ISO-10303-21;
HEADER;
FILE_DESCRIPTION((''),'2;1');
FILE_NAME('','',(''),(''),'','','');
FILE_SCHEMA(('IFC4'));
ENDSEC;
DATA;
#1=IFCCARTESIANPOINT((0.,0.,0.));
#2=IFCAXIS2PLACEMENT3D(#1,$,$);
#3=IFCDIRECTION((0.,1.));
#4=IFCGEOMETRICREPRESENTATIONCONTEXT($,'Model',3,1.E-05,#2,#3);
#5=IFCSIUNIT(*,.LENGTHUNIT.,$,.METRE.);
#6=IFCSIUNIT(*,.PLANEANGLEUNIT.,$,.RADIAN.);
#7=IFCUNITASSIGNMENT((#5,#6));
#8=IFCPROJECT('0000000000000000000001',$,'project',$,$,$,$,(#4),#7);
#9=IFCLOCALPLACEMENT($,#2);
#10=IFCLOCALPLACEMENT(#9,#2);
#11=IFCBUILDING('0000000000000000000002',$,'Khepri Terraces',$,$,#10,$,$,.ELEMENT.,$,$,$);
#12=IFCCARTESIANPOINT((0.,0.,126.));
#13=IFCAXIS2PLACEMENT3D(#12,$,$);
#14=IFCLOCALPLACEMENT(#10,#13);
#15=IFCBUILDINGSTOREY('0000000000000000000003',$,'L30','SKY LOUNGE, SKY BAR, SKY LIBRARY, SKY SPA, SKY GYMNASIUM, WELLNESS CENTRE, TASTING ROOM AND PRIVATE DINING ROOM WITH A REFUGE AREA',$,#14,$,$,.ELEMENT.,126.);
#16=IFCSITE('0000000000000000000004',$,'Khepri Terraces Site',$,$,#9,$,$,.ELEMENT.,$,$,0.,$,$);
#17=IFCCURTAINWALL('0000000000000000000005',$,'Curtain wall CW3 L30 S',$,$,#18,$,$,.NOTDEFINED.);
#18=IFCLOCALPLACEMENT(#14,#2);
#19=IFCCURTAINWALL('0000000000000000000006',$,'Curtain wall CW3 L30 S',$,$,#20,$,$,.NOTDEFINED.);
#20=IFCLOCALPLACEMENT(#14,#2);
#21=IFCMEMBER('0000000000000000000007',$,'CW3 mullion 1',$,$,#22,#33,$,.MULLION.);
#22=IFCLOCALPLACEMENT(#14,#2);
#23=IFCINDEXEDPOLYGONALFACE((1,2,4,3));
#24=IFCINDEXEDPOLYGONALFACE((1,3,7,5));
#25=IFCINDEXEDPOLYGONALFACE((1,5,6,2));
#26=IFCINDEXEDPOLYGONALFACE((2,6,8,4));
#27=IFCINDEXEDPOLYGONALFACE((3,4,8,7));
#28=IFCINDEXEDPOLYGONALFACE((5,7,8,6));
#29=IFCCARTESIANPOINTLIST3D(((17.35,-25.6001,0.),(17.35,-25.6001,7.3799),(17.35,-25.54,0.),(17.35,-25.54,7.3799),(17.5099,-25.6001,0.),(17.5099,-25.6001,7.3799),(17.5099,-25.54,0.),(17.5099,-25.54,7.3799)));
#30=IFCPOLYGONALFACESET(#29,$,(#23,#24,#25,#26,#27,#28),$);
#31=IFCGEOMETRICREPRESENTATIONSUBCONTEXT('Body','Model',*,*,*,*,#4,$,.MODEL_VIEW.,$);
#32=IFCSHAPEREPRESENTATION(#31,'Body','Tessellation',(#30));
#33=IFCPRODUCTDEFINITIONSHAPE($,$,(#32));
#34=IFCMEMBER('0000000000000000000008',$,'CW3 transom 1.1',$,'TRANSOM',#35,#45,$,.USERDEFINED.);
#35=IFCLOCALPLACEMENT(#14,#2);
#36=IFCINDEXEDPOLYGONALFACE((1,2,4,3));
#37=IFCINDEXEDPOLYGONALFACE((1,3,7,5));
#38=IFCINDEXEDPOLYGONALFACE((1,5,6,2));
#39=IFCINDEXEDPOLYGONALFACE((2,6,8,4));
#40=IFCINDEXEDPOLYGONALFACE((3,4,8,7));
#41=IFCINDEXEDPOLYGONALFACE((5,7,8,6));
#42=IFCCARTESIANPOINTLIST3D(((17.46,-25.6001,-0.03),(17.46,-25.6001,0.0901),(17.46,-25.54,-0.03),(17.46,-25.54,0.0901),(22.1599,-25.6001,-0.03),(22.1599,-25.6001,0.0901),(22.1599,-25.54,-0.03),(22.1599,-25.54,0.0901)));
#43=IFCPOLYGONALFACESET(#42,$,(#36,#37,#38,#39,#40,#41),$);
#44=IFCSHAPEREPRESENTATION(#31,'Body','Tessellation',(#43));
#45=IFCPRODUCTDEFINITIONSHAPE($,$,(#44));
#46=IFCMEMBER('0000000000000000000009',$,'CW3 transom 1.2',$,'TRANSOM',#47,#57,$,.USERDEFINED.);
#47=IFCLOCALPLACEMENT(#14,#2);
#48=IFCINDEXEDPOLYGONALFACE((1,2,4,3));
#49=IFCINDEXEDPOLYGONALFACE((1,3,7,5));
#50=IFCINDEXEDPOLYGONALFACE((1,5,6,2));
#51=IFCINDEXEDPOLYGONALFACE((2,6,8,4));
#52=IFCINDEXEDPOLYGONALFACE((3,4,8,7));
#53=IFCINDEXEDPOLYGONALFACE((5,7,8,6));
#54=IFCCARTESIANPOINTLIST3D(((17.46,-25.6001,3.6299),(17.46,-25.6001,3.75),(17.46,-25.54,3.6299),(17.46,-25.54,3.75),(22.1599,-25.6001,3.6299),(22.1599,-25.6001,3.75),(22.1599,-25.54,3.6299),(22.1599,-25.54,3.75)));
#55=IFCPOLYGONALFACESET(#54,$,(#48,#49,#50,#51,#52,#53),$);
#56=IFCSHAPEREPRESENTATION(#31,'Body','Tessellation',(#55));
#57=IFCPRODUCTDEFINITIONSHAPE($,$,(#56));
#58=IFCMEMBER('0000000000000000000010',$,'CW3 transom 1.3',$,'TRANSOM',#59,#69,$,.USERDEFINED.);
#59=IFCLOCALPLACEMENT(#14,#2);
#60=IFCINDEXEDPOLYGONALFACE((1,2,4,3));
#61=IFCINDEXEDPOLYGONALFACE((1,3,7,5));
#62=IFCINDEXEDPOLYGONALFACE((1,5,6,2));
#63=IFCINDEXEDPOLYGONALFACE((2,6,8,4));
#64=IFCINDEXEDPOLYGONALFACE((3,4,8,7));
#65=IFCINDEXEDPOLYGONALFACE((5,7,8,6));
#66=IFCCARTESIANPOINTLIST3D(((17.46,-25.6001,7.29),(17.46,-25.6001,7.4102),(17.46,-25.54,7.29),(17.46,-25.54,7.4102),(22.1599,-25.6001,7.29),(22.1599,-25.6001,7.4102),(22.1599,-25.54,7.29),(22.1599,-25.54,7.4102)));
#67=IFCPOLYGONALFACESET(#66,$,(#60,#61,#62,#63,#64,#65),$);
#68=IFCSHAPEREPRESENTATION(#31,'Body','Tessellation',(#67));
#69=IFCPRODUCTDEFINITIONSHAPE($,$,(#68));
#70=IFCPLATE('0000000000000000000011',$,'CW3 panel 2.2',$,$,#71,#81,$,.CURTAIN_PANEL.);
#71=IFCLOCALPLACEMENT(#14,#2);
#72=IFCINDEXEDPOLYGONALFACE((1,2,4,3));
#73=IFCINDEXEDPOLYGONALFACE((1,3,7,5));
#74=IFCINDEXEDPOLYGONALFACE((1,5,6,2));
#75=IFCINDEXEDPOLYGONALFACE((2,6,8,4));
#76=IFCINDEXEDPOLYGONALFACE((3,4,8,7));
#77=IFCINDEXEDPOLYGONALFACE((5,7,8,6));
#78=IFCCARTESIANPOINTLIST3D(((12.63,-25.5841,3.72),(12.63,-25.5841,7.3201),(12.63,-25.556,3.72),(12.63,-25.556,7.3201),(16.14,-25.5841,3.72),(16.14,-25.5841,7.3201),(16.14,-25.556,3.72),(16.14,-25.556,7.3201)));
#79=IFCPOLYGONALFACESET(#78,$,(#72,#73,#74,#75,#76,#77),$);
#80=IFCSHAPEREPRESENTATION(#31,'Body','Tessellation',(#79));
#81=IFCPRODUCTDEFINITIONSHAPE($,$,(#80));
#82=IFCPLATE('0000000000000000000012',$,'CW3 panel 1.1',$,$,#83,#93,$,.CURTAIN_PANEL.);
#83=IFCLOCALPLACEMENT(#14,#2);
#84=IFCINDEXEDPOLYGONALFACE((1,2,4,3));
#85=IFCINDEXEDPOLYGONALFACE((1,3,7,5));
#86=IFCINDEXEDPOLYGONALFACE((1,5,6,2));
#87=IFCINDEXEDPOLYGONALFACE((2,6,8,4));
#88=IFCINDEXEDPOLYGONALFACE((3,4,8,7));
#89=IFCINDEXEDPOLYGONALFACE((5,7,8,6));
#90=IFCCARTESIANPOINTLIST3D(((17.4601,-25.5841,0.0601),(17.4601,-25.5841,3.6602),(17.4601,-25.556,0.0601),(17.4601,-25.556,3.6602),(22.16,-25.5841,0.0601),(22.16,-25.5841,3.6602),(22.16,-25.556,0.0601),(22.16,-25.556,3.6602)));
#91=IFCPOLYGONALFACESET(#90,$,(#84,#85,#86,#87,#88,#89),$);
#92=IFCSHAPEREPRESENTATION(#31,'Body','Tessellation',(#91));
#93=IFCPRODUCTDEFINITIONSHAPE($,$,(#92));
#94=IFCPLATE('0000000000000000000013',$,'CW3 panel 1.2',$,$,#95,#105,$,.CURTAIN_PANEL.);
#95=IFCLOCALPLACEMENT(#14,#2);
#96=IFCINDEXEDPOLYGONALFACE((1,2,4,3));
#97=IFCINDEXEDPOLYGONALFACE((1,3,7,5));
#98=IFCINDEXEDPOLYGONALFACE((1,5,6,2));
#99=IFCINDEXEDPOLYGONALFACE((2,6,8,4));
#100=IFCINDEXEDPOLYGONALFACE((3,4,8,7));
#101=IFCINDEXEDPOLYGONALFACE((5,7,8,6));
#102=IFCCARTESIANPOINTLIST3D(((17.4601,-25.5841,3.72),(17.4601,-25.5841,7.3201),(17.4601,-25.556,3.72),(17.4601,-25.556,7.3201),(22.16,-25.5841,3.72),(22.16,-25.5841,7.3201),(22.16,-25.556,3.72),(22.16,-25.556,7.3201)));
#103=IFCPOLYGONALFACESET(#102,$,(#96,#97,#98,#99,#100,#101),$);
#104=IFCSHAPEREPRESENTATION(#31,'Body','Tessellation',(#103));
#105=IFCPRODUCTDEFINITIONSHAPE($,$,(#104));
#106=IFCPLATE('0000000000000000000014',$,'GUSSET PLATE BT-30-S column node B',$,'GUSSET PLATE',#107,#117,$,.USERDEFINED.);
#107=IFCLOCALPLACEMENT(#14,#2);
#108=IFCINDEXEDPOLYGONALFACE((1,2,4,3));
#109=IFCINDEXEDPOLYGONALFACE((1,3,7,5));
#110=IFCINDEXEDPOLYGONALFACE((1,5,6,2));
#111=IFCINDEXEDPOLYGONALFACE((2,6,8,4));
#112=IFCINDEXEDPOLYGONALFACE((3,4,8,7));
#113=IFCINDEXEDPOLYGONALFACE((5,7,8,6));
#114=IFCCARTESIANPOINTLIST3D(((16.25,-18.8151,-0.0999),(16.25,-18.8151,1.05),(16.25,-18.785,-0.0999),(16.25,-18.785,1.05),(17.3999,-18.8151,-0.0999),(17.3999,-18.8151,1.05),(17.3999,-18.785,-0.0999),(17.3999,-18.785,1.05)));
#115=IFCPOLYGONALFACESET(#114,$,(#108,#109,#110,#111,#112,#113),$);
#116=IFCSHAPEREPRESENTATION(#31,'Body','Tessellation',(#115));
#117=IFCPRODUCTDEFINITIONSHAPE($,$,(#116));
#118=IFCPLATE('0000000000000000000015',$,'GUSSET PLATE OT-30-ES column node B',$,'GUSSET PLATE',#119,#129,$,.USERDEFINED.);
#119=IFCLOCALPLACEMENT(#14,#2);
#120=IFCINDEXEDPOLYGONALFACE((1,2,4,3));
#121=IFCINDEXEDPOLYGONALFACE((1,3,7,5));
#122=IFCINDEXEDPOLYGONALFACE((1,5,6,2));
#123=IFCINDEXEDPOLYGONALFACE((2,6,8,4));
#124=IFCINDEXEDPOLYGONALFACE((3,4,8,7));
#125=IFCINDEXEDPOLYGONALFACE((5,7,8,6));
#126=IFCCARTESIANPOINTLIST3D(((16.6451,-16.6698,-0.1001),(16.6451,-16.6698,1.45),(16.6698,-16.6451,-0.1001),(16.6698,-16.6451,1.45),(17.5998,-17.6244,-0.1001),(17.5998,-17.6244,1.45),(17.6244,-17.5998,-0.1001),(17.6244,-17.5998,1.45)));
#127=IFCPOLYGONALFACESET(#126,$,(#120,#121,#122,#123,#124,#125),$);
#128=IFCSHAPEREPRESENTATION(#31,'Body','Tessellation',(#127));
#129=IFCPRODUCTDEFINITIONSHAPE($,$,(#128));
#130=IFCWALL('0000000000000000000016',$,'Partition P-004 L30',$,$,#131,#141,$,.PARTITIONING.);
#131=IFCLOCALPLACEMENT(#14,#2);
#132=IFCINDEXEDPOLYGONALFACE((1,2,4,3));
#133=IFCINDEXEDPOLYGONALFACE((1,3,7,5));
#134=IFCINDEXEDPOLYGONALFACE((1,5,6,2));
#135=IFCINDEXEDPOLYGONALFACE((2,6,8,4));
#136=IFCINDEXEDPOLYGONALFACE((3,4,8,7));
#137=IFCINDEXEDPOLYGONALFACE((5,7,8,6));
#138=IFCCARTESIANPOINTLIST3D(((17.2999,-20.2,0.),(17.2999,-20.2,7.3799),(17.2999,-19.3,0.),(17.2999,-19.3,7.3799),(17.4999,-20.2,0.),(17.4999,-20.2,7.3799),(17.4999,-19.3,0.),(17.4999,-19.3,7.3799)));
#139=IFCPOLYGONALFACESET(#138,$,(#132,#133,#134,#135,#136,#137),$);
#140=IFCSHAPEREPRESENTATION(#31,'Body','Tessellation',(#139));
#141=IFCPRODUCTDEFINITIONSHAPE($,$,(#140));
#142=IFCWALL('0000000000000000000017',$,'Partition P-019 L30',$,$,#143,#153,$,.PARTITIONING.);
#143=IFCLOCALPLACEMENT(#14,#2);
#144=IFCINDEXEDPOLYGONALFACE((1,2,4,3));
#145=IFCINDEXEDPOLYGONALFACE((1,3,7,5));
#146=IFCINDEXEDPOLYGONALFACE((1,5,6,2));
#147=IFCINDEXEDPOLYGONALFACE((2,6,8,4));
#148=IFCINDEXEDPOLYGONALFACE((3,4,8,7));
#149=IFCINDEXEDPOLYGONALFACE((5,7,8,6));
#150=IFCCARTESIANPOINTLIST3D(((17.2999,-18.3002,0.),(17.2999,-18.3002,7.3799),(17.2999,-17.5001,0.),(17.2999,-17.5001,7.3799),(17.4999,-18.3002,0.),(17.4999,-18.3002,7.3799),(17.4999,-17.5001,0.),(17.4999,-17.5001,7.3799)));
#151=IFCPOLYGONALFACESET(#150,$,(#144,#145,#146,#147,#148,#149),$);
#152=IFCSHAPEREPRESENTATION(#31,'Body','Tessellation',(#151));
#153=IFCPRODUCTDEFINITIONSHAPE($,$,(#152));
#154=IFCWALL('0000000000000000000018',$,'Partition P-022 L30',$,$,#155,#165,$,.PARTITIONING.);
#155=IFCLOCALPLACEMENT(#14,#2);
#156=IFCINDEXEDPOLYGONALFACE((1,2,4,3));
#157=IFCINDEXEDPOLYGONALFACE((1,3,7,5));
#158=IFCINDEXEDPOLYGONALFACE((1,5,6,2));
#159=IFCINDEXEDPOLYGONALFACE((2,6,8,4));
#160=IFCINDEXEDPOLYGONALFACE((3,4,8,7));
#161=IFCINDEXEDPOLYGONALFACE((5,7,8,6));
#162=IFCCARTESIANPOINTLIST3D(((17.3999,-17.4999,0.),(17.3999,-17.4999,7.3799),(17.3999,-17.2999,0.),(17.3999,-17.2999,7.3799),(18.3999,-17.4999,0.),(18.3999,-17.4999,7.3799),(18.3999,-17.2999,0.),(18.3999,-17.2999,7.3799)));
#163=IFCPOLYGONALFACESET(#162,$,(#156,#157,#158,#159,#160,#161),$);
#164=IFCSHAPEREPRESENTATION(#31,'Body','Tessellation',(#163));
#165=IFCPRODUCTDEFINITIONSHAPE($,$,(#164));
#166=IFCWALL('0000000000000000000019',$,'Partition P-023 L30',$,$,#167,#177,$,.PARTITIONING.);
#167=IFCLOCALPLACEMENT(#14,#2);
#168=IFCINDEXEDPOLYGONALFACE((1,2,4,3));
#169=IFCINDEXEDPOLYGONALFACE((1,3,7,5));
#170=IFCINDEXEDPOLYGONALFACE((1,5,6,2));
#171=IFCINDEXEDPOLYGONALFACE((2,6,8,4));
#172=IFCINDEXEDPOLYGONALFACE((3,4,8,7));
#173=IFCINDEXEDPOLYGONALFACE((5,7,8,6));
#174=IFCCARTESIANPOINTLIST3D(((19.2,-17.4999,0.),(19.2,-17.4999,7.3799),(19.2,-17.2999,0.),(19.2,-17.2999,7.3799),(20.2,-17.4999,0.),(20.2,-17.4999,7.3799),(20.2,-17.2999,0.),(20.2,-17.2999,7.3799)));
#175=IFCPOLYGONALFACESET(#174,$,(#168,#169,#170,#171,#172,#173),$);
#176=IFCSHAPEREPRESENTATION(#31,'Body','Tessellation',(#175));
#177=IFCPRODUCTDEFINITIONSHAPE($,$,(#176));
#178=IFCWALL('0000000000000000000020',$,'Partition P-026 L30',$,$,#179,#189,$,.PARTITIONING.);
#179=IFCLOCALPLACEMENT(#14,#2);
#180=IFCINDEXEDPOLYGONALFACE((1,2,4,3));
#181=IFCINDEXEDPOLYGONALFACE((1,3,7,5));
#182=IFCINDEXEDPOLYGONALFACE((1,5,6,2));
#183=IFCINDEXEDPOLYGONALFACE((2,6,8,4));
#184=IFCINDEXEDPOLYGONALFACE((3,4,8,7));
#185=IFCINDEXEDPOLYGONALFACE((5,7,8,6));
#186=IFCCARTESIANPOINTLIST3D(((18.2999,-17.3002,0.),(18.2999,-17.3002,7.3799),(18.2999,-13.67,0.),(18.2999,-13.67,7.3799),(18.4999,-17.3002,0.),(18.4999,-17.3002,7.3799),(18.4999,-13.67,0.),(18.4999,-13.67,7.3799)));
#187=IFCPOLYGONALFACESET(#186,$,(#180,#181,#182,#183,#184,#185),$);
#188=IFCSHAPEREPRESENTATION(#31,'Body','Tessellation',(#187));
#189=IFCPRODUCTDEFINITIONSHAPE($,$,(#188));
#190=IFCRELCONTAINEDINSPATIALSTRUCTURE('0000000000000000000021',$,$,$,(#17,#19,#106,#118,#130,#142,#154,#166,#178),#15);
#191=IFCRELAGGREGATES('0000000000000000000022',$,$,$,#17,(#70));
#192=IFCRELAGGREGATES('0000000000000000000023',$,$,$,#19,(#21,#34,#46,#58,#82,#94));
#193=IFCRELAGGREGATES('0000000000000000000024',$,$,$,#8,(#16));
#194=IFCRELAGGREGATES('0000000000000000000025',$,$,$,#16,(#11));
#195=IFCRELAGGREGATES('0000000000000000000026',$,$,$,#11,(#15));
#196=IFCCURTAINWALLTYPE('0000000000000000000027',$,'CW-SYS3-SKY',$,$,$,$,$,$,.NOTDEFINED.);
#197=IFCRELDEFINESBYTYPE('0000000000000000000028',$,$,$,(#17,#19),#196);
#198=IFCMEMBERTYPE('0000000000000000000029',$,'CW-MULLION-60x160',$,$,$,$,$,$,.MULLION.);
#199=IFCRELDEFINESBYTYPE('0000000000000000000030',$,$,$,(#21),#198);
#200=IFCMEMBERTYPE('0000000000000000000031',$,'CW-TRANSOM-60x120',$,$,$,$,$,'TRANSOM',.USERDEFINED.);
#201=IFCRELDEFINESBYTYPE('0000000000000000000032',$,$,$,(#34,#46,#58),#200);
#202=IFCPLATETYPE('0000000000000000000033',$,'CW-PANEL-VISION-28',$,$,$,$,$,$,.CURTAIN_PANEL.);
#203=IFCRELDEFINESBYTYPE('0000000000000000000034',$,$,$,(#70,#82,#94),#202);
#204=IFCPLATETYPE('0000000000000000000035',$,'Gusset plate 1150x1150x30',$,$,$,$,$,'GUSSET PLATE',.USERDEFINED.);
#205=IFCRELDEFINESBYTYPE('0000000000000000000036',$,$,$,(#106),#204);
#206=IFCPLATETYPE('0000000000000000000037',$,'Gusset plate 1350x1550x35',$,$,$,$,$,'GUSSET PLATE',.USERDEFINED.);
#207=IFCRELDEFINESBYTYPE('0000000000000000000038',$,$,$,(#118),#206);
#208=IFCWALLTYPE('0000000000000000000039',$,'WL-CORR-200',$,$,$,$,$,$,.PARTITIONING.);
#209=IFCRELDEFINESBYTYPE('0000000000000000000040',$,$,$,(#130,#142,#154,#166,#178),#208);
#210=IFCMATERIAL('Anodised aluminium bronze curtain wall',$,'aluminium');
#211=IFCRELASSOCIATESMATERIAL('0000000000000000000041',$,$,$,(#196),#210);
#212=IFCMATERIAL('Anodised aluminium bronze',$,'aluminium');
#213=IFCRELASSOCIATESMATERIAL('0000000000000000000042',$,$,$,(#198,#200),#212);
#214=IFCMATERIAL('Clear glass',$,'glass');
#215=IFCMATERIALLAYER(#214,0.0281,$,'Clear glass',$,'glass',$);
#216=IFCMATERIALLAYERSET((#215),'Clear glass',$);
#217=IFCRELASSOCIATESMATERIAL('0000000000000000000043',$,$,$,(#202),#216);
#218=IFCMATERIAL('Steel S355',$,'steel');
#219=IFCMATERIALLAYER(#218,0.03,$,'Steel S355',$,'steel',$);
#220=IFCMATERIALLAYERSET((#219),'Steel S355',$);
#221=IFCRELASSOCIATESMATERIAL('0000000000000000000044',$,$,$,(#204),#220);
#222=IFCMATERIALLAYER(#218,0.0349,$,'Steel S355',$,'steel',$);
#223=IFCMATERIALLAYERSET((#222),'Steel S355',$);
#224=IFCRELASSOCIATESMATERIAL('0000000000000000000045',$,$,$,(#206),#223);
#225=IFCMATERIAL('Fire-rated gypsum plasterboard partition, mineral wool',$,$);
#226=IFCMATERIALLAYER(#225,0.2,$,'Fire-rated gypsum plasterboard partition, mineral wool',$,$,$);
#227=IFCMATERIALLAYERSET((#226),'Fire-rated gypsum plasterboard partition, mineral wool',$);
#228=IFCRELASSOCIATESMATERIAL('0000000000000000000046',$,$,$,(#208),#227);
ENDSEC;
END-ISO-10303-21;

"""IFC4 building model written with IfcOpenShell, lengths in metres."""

from ifc_helpers import new_model, si_unit, direction, frame, frame_2d, origin, origin_2d, place, context, subcontext, project, spatial, rectangle, extrude, material, layer, layer_set, material_profile, profile_set, type_object, element, aggregate, save


model = new_model("IFC4")

# Units and contexts
model_context = context("Model", 3, precision=1e-05, world=origin(), true_north=direction((0.0, 1.0)))
body_context = subcontext(model_context, "Body", "Model", "MODEL_VIEW")
ifc_project = project(units=[si_unit("LENGTHUNIT", "METRE"), si_unit("PLANEANGLEUNIT", "RADIAN")], contexts=[model_context])

# Site, building, storey
site_placement = place(None, origin())
site = spatial("IfcSite", under=ifc_project, at=site_placement, Name="Khepri Terraces Site", CompositionType="ELEMENT", RefElevation=0.0)
building_placement = place(site_placement, origin())
building = spatial("IfcBuilding", under=site, at=building_placement, Name="Khepri Terraces", CompositionType="ELEMENT")
storey_placement = place(building_placement, frame((0.0, 0.0, 126.0)))
storey = spatial("IfcBuildingStorey", under=building, at=storey_placement, Name="L30", Description="SKY LOUNGE, SKY BAR, SKY LIBRARY, SKY SPA, SKY GYMNASIUM, WELLNESS CENTRE, TASTING ROOM AND PRIVATE DINING ROOM WITH A REFUGE AREA", CompositionType="ELEMENT", Elevation=126.0)

# Shared definitions
ifc_material_1 = material(Name="Steel S355", Category="steel")

# Curtain wall
ifc_material_2 = material(Name="Anodised aluminium bronze curtain wall", Category="aluminium")
curtain_wall_type = type_object("IfcCurtainWallType", Name="CW-SYS3-SKY", PredefinedType="NOTDEFINED", material=ifc_material_2)
curtain_wall_1_placement = place(storey_placement, origin())
curtain_wall_1 = element("IfcCurtainWall", 1, at=curtain_wall_1_placement, inside=storey, type_object=curtain_wall_type, Name="Curtain wall CW3 L30 S", PredefinedType="NOTDEFINED")
ifc_material_3 = material(Name="Anodised aluminium bronze", Category="aluminium")
ifc_material_profile_1 = material_profile(ifc_material_3, rectangle(XDim=0.0601, YDim=0.1599, at=origin_2d()), Name="Anodised aluminium bronze", Category="aluminium")
ifc_profile_set_1 = profile_set([ifc_material_profile_1], Name="Anodised aluminium bronze")
member_type_1 = type_object("IfcMemberType", Name="CW-MULLION-60x160", PredefinedType="MULLION", material=ifc_profile_set_1)

# Curtain wall, members
curtain_wall_2_placement = place(storey_placement, origin())
curtain_wall_2 = element("IfcCurtainWall", 2, at=curtain_wall_2_placement, inside=storey, type_object=curtain_wall_type, Name="Curtain wall CW3 L30 S", PredefinedType="NOTDEFINED")
member_1_placement = place(storey_placement, frame((17.4299, -25.5701, 0.0), z_axis=(0.0, 0.0, 1.0), x_axis=(0.0, 1.0, 0.0)))
member_1 = element("IfcMember", 3, at=member_1_placement, type_object=member_type_1, Name="CW3 mullion 1", PredefinedType="MULLION", context=body_context, shape_type="SweptSolid", body=[
    extrude(rectangle(XDim=0.0601, YDim=0.1599, at=origin_2d()), origin(), (0.0, 0.0, 1.0), 7.3799),
])
ifc_material_profile_2 = material_profile(ifc_material_3, rectangle(XDim=0.0601, YDim=0.1201, at=origin_2d()), Name="Anodised aluminium bronze", Category="aluminium")
ifc_profile_set_2 = profile_set([ifc_material_profile_2], Name="Anodised aluminium bronze")
member_type_2 = type_object("IfcMemberType", Name="CW-TRANSOM-60x120", ElementType="TRANSOM", PredefinedType="USERDEFINED", material=ifc_profile_set_2)
member_2_placement = place(storey_placement, frame((17.46, -25.5701, 0.03), z_axis=(1.0, 0.0, 0.0), x_axis=(0.0, 1.0, 0.0)))
member_2 = element("IfcMember", 4, at=member_2_placement, type_object=member_type_2, Name="CW3 transom 1.1", ObjectType="TRANSOM", PredefinedType="USERDEFINED", context=body_context, shape_type="SweptSolid", body=[
    extrude(rectangle(XDim=0.0601, YDim=0.1201, at=origin_2d()), origin(), (0.0, 0.0, 1.0), 4.7),
])
member_3_placement = place(storey_placement, frame((17.46, -25.5701, 3.6899), z_axis=(1.0, 0.0, 0.0), x_axis=(0.0, 1.0, 0.0)))
member_3 = element("IfcMember", 5, at=member_3_placement, type_object=member_type_2, Name="CW3 transom 1.2", ObjectType="TRANSOM", PredefinedType="USERDEFINED", context=body_context, shape_type="SweptSolid", body=[
    extrude(rectangle(XDim=0.0601, YDim=0.1201, at=origin_2d()), origin(), (0.0, 0.0, 1.0), 4.7),
])
member_4_placement = place(storey_placement, frame((17.46, -25.5701, 7.3501), z_axis=(1.0, 0.0, 0.0), x_axis=(0.0, 1.0, 0.0)))
member_4 = element("IfcMember", 6, at=member_4_placement, type_object=member_type_2, Name="CW3 transom 1.3", ObjectType="TRANSOM", PredefinedType="USERDEFINED", context=body_context, shape_type="SweptSolid", body=[
    extrude(rectangle(XDim=0.0601, YDim=0.1201, at=origin_2d()), origin(), (0.0, 0.0, 1.0), 4.7),
])

# Plates
ifc_material_4 = material(Name="Clear glass", Category="glass")
ifc_layer_1 = layer(ifc_material_4, 0.0281, Name="Clear glass", Category="glass")
ifc_layer_set_1 = layer_set([ifc_layer_1], Name="Clear glass")
plate_type_1 = type_object("IfcPlateType", Name="CW-PANEL-VISION-28", PredefinedType="CURTAIN_PANEL", material=ifc_layer_set_1)
plate_1_placement = place(storey_placement, frame((14.385, -25.5701, 3.72), z_axis=(0.0, 0.0, 1.0), x_axis=(1.0, 0.0, 0.0)))
plate_1 = element("IfcPlate", 7, at=plate_1_placement, type_object=plate_type_1, Name="CW3 panel 2.2", PredefinedType="CURTAIN_PANEL", context=body_context, shape_type="SweptSolid", body=[
    extrude(rectangle(XDim=3.51, YDim=0.0281, at=origin_2d()), origin(), (0.0, 0.0, 1.0), 3.6001),
])
aggregate(curtain_wall_1, [plate_1])
plate_2_placement = place(storey_placement, frame((19.8101, -25.5701, 0.0601), z_axis=(0.0, 0.0, 1.0), x_axis=(1.0, 0.0, 0.0)))
plate_2 = element("IfcPlate", 8, at=plate_2_placement, type_object=plate_type_1, Name="CW3 panel 1.1", PredefinedType="CURTAIN_PANEL", context=body_context, shape_type="SweptSolid", body=[
    extrude(rectangle(XDim=4.7, YDim=0.0281, at=origin_2d()), origin(), (0.0, 0.0, 1.0), 3.6001),
])
plate_3_placement = place(storey_placement, frame((19.8101, -25.5701, 3.72), z_axis=(0.0, 0.0, 1.0), x_axis=(1.0, 0.0, 0.0)))
plate_3 = element("IfcPlate", 9, at=plate_3_placement, type_object=plate_type_1, Name="CW3 panel 1.2", PredefinedType="CURTAIN_PANEL", context=body_context, shape_type="SweptSolid", body=[
    extrude(rectangle(XDim=4.7, YDim=0.0281, at=origin_2d()), origin(), (0.0, 0.0, 1.0), 3.6001),
])
aggregate(curtain_wall_2, [member_1, member_2, member_3, member_4, plate_2, plate_3])

# Plates
ifc_layer_2 = layer(ifc_material_1, 0.03, Name="Steel S355", Category="steel")
ifc_layer_set_2 = layer_set([ifc_layer_2], Name="Steel S355")
plate_type_2 = type_object("IfcPlateType", Name="Gusset plate 1150x1150x30", ElementType="GUSSET PLATE", PredefinedType="USERDEFINED", material=ifc_layer_set_2)
plate_4_placement = place(storey_placement, frame((16.825, -18.8, -0.0999), z_axis=(0.0, 0.0, 1.0), x_axis=(1.0, 0.0, 0.0)))
element("IfcPlate", 10, at=plate_4_placement, inside=storey, type_object=plate_type_2, Name="GUSSET PLATE BT-30-S column node B", ObjectType="GUSSET PLATE", PredefinedType="USERDEFINED", context=body_context, shape_type="SweptSolid", body=[
    extrude(rectangle(XDim=1.1499, YDim=0.03, at=origin_2d()), origin(), (0.0, 0.0, 1.0), 1.1499),
])
ifc_layer_3 = layer(ifc_material_1, 0.0349, Name="Steel S355", Category="steel")
ifc_layer_set_3 = layer_set([ifc_layer_3], Name="Steel S355")
plate_type_3 = type_object("IfcPlateType", Name="Gusset plate 1350x1550x35", ElementType="GUSSET PLATE", PredefinedType="USERDEFINED", material=ifc_layer_set_3)
plate_5_placement = place(storey_placement, frame((17.1348, -17.1348, -0.1001), z_axis=(0.0, 0.0, 1.0), x_axis=(0.707107, -0.707107, 0.0)))
element("IfcPlate", 11, at=plate_5_placement, inside=storey, type_object=plate_type_3, Name="GUSSET PLATE OT-30-ES column node B", ObjectType="GUSSET PLATE", PredefinedType="USERDEFINED", context=body_context, shape_type="SweptSolid", body=[
    extrude(rectangle(XDim=1.3501, YDim=0.0349, at=origin_2d()), origin(), (0.0, 0.0, 1.0), 1.55),
])

# Walls
ifc_material_5 = material(Name="Fire-rated gypsum plasterboard partition, mineral wool")
ifc_layer_4 = layer(ifc_material_5, 0.2, Name="Fire-rated gypsum plasterboard partition, mineral wool")
ifc_layer_set_4 = layer_set([ifc_layer_4], Name="Fire-rated gypsum plasterboard partition, mineral wool")
wall_type_1 = type_object("IfcWallType", Name="WL-CORR-200", PredefinedType="PARTITIONING", material=ifc_layer_set_4)
wall_1_placement = place(storey_placement, frame((17.3999, -20.2, 0.0), z_axis=(0.0, 0.0, 1.0), x_axis=(0.0, 1.0, 0.0)))
element("IfcWall", 12, at=wall_1_placement, inside=storey, type_object=wall_type_1, Name="Partition P-004 L30", PredefinedType="PARTITIONING", context=body_context, shape_type="SweptSolid", body=[
    extrude(rectangle(XDim=0.8999, YDim=0.2, at=frame_2d((0.45, 0.0))), origin(), (0.0, 0.0, 1.0), 7.3799),
])
wall_2_placement = place(storey_placement, frame((17.3999, -18.3, 0.0), z_axis=(0.0, 0.0, 1.0), x_axis=(0.0, 1.0, 0.0)))
element("IfcWall", 13, at=wall_2_placement, inside=storey, type_object=wall_type_1, Name="Partition P-019 L30", PredefinedType="PARTITIONING", context=body_context, shape_type="SweptSolid", body=[
    extrude(rectangle(XDim=0.8, YDim=0.2, at=frame_2d((0.3999, 0.0))), origin(), (0.0, 0.0, 1.0), 7.3799),
])
for number, where, z_axis, x_axis, name in (
    (14, (17.3999, -17.3999, 0.0), (0.0, 0.0, 1.0), (1.0, 0.0, 0.0), "Partition P-022 L30"),
    (15, (19.2, -17.3999, 0.0), (0.0, 0.0, 1.0), (1.0, 0.0, 0.0), "Partition P-023 L30"),
):
    element("IfcWall", number, at=place(storey_placement, frame(where, z_axis=z_axis, x_axis=x_axis)), inside=storey, type_object=wall_type_1, Name=name, PredefinedType="PARTITIONING", context=body_context, shape_type="SweptSolid", body=[
        extrude(rectangle(XDim=1.0, YDim=0.2, at=frame_2d((0.5, 0.0))), origin(), (0.0, 0.0, 1.0), 7.3799),
    ])
wall_3_placement = place(storey_placement, frame((18.3999, -17.3, 0.0), z_axis=(0.0, 0.0, 1.0), x_axis=(0.0, 1.0, 0.0)))
element("IfcWall", 16, at=wall_3_placement, inside=storey, type_object=wall_type_1, Name="Partition P-026 L30", PredefinedType="PARTITIONING", context=body_context, shape_type="SweptSolid", body=[
    extrude(rectangle(XDim=3.6301, YDim=0.2, at=frame_2d((1.8149, 0.0))), origin(), (0.0, 0.0, 1.0), 7.3799),
])

save(model, "model.ifc")
